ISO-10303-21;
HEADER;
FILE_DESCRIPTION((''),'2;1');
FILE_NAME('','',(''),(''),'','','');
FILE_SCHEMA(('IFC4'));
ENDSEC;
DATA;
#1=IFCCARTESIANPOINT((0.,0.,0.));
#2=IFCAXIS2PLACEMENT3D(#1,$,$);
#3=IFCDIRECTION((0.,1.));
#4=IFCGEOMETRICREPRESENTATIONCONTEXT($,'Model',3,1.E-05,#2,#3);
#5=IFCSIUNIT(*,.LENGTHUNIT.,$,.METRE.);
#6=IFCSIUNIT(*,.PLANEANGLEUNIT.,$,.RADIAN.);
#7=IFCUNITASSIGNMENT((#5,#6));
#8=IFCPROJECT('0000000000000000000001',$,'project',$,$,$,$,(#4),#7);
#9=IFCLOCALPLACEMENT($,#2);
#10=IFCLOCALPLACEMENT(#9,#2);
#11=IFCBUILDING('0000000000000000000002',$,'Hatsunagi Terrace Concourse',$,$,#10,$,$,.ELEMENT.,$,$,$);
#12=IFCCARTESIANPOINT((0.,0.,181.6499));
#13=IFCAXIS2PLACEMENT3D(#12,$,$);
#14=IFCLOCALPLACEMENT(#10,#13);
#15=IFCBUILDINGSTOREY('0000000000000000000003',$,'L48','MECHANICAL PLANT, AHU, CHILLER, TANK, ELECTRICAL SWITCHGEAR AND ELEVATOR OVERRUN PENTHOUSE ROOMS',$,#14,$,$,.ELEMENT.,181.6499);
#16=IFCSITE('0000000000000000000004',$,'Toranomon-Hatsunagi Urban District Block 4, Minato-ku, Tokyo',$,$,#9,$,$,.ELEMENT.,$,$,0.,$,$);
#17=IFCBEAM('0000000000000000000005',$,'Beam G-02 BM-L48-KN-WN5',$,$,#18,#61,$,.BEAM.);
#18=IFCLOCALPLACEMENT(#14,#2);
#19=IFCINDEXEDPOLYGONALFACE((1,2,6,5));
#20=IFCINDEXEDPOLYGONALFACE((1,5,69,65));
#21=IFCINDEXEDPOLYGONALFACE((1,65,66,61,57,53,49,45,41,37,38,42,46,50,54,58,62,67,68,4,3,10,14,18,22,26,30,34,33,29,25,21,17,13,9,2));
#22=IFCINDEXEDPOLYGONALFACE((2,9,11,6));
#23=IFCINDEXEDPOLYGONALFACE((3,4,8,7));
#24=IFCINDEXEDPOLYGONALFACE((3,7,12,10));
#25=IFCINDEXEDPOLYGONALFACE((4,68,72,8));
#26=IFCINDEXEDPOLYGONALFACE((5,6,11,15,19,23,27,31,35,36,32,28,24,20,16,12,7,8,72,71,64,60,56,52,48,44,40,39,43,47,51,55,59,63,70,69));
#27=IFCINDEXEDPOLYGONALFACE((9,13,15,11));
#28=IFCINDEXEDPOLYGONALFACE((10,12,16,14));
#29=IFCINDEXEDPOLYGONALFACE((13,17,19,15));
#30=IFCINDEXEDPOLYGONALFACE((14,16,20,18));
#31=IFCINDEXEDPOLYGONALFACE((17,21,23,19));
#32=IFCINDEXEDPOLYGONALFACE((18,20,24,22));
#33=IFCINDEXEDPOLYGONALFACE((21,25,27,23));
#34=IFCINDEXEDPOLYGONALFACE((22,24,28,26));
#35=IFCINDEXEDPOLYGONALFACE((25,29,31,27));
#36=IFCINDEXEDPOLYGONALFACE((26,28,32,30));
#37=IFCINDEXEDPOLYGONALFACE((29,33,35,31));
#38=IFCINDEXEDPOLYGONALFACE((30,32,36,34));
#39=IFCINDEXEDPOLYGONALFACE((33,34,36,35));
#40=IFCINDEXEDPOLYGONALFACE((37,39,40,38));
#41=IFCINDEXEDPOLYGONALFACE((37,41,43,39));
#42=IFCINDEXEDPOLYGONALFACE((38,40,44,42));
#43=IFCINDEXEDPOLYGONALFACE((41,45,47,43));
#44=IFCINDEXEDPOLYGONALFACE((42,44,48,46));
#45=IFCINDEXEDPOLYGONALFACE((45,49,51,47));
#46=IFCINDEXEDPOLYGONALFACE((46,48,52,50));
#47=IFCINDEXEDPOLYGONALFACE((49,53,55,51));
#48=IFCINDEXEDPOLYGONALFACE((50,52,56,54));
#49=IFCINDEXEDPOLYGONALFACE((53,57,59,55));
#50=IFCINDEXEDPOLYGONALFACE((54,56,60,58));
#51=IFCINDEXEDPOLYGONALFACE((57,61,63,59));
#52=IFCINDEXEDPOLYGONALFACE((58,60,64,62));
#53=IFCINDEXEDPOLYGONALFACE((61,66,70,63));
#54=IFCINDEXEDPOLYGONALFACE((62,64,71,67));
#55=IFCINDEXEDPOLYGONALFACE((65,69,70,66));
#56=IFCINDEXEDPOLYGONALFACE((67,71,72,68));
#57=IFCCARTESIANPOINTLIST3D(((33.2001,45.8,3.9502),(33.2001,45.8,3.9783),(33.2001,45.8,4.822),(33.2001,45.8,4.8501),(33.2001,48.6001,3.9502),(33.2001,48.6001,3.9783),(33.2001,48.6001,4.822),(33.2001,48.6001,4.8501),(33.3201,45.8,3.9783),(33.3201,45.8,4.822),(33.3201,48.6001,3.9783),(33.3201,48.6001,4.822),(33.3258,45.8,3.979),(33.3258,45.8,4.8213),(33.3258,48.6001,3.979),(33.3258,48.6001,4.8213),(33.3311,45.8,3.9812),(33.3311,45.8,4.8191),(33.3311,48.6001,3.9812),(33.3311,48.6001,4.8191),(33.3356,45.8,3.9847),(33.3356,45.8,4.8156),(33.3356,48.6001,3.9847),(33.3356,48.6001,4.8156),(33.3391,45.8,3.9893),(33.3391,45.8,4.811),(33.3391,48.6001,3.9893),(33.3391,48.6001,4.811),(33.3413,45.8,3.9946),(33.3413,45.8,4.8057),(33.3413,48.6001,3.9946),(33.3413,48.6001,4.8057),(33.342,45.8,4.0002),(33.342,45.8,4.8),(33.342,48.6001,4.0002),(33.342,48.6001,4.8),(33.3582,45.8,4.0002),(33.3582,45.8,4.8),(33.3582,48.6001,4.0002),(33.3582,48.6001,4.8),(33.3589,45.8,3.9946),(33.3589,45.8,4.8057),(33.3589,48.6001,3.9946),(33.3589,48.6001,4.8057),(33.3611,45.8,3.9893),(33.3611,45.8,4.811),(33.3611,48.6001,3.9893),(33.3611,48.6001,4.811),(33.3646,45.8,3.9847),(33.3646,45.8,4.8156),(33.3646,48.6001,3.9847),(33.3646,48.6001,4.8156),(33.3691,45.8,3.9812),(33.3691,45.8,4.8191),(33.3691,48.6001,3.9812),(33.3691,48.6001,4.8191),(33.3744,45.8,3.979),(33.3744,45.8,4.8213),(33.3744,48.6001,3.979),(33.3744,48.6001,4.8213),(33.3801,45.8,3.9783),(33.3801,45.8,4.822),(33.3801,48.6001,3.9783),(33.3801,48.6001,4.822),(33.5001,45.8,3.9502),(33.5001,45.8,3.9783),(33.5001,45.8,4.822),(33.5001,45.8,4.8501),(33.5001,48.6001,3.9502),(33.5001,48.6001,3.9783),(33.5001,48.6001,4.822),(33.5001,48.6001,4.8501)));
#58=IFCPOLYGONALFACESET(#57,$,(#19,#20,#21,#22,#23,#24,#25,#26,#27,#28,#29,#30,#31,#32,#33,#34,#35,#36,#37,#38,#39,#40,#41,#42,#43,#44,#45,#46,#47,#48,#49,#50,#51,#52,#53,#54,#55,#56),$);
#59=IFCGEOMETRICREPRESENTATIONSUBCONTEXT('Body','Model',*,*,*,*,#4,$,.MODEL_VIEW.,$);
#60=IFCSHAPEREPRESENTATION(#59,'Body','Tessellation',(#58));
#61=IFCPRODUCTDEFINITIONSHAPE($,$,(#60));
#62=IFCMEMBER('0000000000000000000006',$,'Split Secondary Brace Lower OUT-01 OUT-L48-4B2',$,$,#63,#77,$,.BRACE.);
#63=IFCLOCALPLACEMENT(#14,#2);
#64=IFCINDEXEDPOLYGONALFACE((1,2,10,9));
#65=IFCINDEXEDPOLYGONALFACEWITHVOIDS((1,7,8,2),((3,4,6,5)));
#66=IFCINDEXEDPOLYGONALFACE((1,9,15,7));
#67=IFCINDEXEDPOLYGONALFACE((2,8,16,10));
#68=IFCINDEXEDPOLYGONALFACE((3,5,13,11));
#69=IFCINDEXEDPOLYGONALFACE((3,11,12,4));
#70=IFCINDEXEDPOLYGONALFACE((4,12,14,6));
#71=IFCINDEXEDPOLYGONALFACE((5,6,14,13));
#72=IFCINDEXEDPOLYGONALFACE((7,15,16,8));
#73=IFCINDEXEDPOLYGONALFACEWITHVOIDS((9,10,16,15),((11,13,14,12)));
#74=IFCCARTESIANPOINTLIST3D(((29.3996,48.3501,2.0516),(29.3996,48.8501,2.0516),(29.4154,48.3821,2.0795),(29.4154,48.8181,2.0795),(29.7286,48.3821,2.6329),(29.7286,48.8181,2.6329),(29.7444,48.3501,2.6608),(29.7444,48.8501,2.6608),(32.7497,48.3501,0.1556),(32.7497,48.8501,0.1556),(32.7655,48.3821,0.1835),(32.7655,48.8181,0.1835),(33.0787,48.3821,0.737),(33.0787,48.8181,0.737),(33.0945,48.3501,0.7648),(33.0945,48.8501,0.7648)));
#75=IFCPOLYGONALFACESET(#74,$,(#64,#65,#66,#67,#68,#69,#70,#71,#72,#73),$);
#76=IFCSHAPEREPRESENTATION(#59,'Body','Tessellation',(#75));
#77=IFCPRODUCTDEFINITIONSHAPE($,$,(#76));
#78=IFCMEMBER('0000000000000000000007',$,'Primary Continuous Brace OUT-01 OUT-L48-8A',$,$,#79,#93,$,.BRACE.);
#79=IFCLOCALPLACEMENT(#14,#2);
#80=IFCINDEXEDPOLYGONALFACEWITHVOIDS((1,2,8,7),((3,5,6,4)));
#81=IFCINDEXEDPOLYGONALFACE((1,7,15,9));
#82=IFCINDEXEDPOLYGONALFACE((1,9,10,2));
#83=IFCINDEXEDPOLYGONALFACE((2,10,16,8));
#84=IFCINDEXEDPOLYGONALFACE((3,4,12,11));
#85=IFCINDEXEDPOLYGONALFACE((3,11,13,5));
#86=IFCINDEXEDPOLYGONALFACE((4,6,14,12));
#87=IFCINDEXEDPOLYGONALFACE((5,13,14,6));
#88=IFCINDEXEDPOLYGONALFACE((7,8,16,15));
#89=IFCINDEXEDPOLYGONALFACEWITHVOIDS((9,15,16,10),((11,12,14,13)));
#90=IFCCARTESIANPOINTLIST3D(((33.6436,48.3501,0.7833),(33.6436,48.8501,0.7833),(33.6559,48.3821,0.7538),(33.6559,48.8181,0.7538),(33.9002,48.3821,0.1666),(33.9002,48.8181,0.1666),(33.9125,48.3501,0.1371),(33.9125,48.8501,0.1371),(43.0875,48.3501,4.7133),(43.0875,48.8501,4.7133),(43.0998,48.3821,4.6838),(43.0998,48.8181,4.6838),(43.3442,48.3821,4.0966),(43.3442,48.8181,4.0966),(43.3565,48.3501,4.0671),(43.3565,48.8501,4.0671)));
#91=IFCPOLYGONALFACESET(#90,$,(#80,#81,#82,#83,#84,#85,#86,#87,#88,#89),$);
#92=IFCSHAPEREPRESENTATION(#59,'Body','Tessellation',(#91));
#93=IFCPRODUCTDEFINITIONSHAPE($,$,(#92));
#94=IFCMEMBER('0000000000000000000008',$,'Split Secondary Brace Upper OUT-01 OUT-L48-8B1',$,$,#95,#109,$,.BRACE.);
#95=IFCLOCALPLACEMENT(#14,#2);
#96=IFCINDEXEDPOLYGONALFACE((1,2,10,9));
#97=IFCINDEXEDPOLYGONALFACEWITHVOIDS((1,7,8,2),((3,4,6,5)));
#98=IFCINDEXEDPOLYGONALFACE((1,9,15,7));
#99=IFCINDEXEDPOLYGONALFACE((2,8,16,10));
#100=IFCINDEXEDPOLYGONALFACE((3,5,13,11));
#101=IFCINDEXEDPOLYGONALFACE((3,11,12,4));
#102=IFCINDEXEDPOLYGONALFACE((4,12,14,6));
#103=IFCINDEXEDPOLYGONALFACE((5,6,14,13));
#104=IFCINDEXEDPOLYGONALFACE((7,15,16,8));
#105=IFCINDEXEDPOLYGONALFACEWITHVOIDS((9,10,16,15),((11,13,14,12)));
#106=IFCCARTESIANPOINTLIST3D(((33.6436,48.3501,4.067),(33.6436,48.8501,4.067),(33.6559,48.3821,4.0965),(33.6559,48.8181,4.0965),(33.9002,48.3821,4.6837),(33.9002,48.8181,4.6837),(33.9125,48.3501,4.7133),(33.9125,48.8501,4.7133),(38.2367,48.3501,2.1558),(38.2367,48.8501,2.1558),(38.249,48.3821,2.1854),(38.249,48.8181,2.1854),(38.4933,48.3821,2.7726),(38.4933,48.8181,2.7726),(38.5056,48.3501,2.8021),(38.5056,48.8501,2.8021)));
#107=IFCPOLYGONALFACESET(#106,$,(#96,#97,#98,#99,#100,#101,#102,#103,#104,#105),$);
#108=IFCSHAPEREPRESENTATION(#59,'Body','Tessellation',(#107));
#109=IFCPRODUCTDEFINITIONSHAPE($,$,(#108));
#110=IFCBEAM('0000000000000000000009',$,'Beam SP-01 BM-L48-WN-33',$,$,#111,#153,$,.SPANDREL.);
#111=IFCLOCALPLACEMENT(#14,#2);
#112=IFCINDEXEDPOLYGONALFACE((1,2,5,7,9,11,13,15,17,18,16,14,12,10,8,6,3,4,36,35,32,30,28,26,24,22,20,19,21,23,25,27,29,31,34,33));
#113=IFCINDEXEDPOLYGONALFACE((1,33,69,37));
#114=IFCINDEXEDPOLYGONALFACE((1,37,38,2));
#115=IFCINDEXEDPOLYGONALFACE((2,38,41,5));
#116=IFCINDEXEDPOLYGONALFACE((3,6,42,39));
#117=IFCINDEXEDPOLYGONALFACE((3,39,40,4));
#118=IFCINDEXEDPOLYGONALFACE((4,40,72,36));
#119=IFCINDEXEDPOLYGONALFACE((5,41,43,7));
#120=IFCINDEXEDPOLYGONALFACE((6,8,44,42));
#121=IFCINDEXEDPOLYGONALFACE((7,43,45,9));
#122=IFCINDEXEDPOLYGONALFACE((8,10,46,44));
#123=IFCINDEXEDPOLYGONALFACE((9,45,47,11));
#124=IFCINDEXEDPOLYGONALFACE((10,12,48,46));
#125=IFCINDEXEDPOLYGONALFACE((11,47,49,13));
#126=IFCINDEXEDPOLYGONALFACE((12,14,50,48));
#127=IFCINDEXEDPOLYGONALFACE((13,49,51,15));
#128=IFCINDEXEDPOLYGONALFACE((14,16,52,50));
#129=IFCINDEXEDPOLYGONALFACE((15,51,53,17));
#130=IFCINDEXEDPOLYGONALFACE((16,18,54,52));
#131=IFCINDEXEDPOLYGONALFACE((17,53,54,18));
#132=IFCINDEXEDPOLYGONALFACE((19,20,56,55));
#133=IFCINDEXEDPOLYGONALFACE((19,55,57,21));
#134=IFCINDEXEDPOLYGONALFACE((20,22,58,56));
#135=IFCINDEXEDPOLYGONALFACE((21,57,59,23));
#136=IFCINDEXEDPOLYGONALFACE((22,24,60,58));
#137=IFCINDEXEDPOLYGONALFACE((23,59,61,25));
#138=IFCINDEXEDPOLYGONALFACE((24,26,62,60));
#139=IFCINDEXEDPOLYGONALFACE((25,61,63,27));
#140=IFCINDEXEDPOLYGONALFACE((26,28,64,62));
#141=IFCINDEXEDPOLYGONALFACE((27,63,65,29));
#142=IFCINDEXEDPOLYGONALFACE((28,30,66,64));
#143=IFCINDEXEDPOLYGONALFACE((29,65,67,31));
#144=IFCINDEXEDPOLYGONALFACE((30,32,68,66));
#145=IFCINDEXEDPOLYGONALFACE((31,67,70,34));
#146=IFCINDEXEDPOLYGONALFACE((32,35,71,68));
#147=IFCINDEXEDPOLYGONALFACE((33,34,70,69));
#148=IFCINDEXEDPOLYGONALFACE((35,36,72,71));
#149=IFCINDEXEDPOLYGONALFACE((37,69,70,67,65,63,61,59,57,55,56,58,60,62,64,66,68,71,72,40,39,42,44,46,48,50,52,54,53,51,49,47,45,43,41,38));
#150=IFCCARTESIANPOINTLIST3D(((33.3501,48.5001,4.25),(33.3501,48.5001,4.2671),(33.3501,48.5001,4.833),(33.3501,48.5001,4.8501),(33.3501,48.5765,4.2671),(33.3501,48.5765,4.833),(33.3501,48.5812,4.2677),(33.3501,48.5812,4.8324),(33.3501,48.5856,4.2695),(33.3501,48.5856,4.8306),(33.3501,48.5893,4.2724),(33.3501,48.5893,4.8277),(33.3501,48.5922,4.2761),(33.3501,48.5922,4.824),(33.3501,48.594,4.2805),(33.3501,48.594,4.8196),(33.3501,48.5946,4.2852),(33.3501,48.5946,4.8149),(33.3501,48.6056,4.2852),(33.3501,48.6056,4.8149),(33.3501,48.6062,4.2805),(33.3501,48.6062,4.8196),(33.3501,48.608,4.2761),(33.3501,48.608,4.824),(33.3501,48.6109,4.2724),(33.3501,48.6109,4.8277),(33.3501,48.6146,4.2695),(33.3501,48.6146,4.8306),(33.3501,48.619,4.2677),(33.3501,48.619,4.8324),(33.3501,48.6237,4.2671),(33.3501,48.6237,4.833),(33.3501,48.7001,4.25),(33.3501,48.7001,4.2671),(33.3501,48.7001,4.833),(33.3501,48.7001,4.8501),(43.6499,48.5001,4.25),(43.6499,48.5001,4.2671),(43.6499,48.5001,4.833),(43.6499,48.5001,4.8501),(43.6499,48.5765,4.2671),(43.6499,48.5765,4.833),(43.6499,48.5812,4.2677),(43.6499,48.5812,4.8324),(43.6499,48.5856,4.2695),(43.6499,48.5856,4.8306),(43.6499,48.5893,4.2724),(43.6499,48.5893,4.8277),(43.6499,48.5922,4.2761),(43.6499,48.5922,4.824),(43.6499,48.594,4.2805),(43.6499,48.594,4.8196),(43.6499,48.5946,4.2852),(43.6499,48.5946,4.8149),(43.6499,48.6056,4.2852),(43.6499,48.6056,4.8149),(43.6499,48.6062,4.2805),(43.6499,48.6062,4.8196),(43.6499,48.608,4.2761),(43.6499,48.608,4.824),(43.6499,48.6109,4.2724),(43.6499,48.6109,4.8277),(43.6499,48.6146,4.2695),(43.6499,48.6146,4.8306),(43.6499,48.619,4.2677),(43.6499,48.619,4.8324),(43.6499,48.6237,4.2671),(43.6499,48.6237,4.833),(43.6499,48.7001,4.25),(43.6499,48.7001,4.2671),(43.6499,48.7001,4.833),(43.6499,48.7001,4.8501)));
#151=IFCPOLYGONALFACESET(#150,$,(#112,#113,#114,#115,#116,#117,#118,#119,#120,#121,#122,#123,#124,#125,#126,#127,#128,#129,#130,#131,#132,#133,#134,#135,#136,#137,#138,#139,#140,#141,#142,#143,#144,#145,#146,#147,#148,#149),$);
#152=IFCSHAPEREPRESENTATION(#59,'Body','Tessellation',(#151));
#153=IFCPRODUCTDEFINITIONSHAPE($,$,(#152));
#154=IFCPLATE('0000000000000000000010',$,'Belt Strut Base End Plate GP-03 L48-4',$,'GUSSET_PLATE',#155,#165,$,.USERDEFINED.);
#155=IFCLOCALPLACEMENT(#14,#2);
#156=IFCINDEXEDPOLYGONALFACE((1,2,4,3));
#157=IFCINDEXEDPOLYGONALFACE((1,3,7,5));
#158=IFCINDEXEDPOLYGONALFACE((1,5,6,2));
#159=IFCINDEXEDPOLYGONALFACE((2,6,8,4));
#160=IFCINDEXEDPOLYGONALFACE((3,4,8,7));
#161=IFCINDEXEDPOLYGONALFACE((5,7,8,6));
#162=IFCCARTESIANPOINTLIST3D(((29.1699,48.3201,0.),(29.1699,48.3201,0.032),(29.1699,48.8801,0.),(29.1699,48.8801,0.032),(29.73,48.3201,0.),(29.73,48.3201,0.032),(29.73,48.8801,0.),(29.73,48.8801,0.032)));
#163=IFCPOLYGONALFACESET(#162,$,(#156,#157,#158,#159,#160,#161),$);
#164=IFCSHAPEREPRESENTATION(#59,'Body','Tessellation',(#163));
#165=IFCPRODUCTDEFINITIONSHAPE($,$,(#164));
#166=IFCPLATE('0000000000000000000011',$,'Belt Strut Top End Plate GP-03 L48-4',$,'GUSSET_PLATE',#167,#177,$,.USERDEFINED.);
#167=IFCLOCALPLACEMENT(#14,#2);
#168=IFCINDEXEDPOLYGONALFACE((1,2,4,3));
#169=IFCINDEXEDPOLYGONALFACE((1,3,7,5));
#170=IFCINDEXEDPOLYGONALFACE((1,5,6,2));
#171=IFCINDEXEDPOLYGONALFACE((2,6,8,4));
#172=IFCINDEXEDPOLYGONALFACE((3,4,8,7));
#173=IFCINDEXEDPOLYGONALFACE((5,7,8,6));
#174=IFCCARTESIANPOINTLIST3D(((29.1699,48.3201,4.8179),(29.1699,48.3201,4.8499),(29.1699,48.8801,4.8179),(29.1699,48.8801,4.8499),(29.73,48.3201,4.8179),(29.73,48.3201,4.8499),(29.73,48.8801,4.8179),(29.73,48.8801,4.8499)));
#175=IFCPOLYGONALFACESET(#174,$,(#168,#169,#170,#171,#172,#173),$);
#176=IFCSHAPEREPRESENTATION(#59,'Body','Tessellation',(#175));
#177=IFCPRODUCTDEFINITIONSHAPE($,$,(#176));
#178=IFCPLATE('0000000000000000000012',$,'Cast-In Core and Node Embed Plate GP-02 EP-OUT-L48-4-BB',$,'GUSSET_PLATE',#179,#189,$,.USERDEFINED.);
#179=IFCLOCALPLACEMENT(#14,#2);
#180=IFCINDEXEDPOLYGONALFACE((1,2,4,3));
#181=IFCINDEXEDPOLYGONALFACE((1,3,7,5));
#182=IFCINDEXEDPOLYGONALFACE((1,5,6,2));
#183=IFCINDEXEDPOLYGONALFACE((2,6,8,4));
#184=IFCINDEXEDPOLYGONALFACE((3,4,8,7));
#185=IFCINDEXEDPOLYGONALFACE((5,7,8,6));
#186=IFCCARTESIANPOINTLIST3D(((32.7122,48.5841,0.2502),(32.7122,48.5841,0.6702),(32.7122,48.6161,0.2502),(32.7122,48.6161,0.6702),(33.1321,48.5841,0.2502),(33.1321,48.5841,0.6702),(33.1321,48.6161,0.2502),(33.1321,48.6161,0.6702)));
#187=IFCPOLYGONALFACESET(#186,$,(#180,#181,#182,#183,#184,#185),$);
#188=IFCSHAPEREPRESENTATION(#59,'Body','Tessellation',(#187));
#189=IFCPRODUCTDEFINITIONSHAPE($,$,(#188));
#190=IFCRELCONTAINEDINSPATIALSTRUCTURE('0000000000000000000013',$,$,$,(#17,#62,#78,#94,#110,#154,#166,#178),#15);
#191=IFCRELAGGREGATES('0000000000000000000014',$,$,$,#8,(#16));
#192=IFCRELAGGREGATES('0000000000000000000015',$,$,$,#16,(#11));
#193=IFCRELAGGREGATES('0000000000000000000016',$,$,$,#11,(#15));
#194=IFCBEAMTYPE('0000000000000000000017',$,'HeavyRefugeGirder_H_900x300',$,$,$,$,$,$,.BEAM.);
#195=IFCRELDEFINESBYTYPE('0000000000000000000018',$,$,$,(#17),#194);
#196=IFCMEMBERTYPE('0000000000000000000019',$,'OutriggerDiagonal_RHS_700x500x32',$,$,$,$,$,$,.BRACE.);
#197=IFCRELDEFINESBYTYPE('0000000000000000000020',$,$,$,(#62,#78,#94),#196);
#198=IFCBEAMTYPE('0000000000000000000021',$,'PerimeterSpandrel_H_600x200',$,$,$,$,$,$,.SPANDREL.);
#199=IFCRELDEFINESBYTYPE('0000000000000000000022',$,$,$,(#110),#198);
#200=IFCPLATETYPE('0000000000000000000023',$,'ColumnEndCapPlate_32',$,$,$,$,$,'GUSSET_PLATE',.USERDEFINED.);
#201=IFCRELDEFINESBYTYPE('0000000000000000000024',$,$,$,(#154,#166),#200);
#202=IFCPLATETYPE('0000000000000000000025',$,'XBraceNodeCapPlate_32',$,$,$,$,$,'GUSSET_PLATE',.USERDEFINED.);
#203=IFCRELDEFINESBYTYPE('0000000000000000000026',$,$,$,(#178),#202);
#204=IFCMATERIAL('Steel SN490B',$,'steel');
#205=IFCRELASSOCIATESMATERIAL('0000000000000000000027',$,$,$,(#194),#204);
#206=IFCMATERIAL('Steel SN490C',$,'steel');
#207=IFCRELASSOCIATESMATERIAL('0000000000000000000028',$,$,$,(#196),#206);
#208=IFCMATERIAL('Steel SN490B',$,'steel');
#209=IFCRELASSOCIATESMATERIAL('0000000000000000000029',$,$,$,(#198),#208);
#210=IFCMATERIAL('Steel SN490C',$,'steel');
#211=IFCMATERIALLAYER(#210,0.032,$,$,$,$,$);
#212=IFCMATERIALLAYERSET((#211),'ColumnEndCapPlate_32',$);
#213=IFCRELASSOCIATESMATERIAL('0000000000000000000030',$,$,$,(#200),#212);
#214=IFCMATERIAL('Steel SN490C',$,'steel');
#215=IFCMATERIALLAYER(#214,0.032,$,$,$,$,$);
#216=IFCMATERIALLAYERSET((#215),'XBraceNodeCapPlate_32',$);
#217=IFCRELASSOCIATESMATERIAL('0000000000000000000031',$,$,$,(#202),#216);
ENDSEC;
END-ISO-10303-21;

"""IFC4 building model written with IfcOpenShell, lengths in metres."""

from ifc_helpers import new_model, si_unit, direction, frame, origin, origin_2d, place, context, subcontext, project, spatial, rectangle, hollow_rectangle, i_section, extrude, material, layer, layer_set, material_profile, profile_set, type_object, element, save


model = new_model("IFC4")

# Units and contexts
model_context = context("Model", 3, precision=1e-05, world=origin(), true_north=direction((0.0, 1.0)))
body_context = subcontext(model_context, "Body", "Model", "MODEL_VIEW")
ifc_project = project(units=[si_unit("LENGTHUNIT", "METRE"), si_unit("PLANEANGLEUNIT", "RADIAN")], contexts=[model_context])

# Site, building, storey
site_placement = place(None, origin())
site = spatial("IfcSite", under=ifc_project, at=site_placement, Name="Toranomon-Hatsunagi Urban District Block 4, Minato-ku, Tokyo", CompositionType="ELEMENT", RefElevation=0.0)
building_placement = place(site_placement, origin())
building = spatial("IfcBuilding", under=site, at=building_placement, Name="Hatsunagi Terrace Concourse", CompositionType="ELEMENT")
storey_placement = place(building_placement, frame((0.0, 0.0, 181.6499)))
storey = spatial("IfcBuildingStorey", under=building, at=storey_placement, Name="L48", Description="MECHANICAL PLANT, AHU, CHILLER, TANK, ELECTRICAL SWITCHGEAR AND ELEVATOR OVERRUN PENTHOUSE ROOMS", CompositionType="ELEMENT", Elevation=181.6499)

# Beam
ifc_material_1 = material(Name="Steel SN490B", Category="steel")
ifc_material_profile_1 = material_profile(ifc_material_1, i_section(OverallWidth=0.3, OverallDepth=0.8999, WebThickness=0.0161, FlangeThickness=0.0281, FilletRadius=0.022, at=origin_2d()), Name="H-900x300x16x28")
ifc_profile_set_1 = profile_set([ifc_material_profile_1], Name="Steel SN490B")
beam_type_1 = type_object("IfcBeamType", Name="HeavyRefugeGirder_H_900x300", PredefinedType="BEAM", material=ifc_profile_set_1)
beam_1_placement = place(storey_placement, frame((33.3501, 45.8, 4.4001), z_axis=(0.0, 1.0, 0.0), x_axis=(-1.0, 0.0, 0.0)))
element("IfcBeam", 1, at=beam_1_placement, inside=storey, type_object=beam_type_1, Name="Beam G-02 BM-L48-KN-WN5", PredefinedType="BEAM", context=body_context, shape_type="SweptSolid", body=[
    extrude(i_section(OverallWidth=0.3, OverallDepth=0.8999, WebThickness=0.0161, FlangeThickness=0.0281, FilletRadius=0.022, at=origin_2d()), origin(), (0.0, 0.0, 1.0), 2.8),
])

# Members
ifc_material_2 = material(Name="Steel SN490C", Category="steel")
ifc_material_profile_2 = material_profile(ifc_material_2, hollow_rectangle(XDim=0.5, YDim=0.7, WallThickness=0.032, at=origin_2d()), Name="RHS-700x500x32")
ifc_profile_set_2 = profile_set([ifc_material_profile_2], Name="Steel SN490C")
member_type = type_object("IfcMemberType", Name="OutriggerDiagonal_RHS_700x500x32", PredefinedType="BRACE", material=ifc_profile_set_2)
member_1_placement = place(storey_placement, frame((29.572, 48.6001, 2.3562), z_axis=(0.870289, 0.0, -0.492542), x_axis=(0.0, 1.0, 0.0)))
element("IfcMember", 2, at=member_1_placement, inside=storey, type_object=member_type, Name="Split Secondary Brace Lower OUT-01 OUT-L48-4B2", PredefinedType="BRACE", context=body_context, shape_type="SweptSolid", body=[
    extrude(hollow_rectangle(XDim=0.5, YDim=0.7, WallThickness=0.032, at=origin_2d()), origin(), (0.0, 0.0, 1.0), 3.8494),
])
member_2_placement = place(storey_placement, frame((33.7781, 48.6001, 0.4602), z_axis=(0.923251, 0.0, 0.384198), x_axis=(0.0, 1.0, 0.0)))
element("IfcMember", 3, at=member_2_placement, inside=storey, type_object=member_type, Name="Primary Continuous Brace OUT-01 OUT-L48-8A", PredefinedType="BRACE", context=body_context, shape_type="SweptSolid", body=[
    extrude(hollow_rectangle(XDim=0.5, YDim=0.7, WallThickness=0.032, at=origin_2d()), origin(), (0.0, 0.0, 1.0), 10.229),
])
member_3_placement = place(storey_placement, frame((33.7781, 48.6001, 4.3901), z_axis=(0.923264, 0.0, -0.384166), x_axis=(0.0, 1.0, 0.0)))
element("IfcMember", 4, at=member_3_placement, inside=storey, type_object=member_type, Name="Split Secondary Brace Upper OUT-01 OUT-L48-8B1", PredefinedType="BRACE", context=body_context, shape_type="SweptSolid", body=[
    extrude(hollow_rectangle(XDim=0.5, YDim=0.7, WallThickness=0.032, at=origin_2d()), origin(), (0.0, 0.0, 1.0), 4.9749),
])

# Beam
ifc_material_3 = material(Name="Steel SN490B", Category="steel")
ifc_material_profile_3 = material_profile(ifc_material_3, i_section(OverallWidth=0.2, OverallDepth=0.6001, WebThickness=0.011, FlangeThickness=0.0171, FilletRadius=0.0181, at=origin_2d()), Name="H-600x200x11x17")
ifc_profile_set_3 = profile_set([ifc_material_profile_3], Name="Steel SN490B")
beam_type_2 = type_object("IfcBeamType", Name="PerimeterSpandrel_H_600x200", PredefinedType="SPANDREL", material=ifc_profile_set_3)
beam_2_placement = place(storey_placement, frame((33.3501, 48.6001, 4.55), z_axis=(1.0, 0.0, 0.0), x_axis=(0.0, 1.0, 0.0)))
element("IfcBeam", 5, at=beam_2_placement, inside=storey, type_object=beam_type_2, Name="Beam SP-01 BM-L48-WN-33", PredefinedType="SPANDREL", context=body_context, shape_type="SweptSolid", body=[
    extrude(i_section(OverallWidth=0.2, OverallDepth=0.6001, WebThickness=0.011, FlangeThickness=0.0171, FilletRadius=0.0181, at=origin_2d()), origin(), (0.0, 0.0, 1.0), 10.2998),
])

# Plates
ifc_material_4 = material(Name="Steel SN490C", Category="steel")
ifc_layer_1 = layer(ifc_material_4, 0.032)
ifc_layer_set_1 = layer_set([ifc_layer_1], Name="ColumnEndCapPlate_32")
plate_type_1 = type_object("IfcPlateType", Name="ColumnEndCapPlate_32", ElementType="GUSSET_PLATE", PredefinedType="USERDEFINED", material=ifc_layer_set_1)
for number, where, z_axis, x_axis, name in (
    (6, (29.45, 48.6001, 0.0), (0.0, 0.0, 1.0), (1.0, 0.0, 0.0), "Belt Strut Base End Plate GP-03 L48-4"),
    (7, (29.45, 48.6001, 4.8179), (0.0, 0.0, 1.0), (1.0, 0.0, 0.0), "Belt Strut Top End Plate GP-03 L48-4"),
):
    element("IfcPlate", number, at=place(storey_placement, frame(where, z_axis=z_axis, x_axis=x_axis)), inside=storey, type_object=plate_type_1, Name=name, ObjectType="GUSSET_PLATE", PredefinedType="USERDEFINED", context=body_context, shape_type="SweptSolid", body=[
        extrude(rectangle(XDim=0.5601, YDim=0.5601, at=origin_2d()), origin(), (0.0, 0.0, 1.0), 0.032),
    ])
ifc_material_5 = material(Name="Steel SN490C", Category="steel")
ifc_layer_2 = layer(ifc_material_5, 0.032)
ifc_layer_set_2 = layer_set([ifc_layer_2], Name="XBraceNodeCapPlate_32")
plate_type_2 = type_object("IfcPlateType", Name="XBraceNodeCapPlate_32", ElementType="GUSSET_PLATE", PredefinedType="USERDEFINED", material=ifc_layer_set_2)
for number, where, z_axis, x_axis, name in (
    (8, (32.9221, 48.6001, 0.2502), (0.0, 0.0, 1.0), (1.0, 0.0, 0.0), "Cast-In Core and Node Embed Plate GP-02 EP-OUT-L48-4-BB"),
):
    element("IfcPlate", number, at=place(storey_placement, frame(where, z_axis=z_axis, x_axis=x_axis)), inside=storey, type_object=plate_type_2, Name=name, ObjectType="GUSSET_PLATE", PredefinedType="USERDEFINED", context=body_context, shape_type="SweptSolid", body=[
        extrude(rectangle(XDim=0.4199, YDim=0.032, at=origin_2d()), origin(), (0.0, 0.0, 1.0), 0.4199),
    ])

save(model, "model.ifc")
